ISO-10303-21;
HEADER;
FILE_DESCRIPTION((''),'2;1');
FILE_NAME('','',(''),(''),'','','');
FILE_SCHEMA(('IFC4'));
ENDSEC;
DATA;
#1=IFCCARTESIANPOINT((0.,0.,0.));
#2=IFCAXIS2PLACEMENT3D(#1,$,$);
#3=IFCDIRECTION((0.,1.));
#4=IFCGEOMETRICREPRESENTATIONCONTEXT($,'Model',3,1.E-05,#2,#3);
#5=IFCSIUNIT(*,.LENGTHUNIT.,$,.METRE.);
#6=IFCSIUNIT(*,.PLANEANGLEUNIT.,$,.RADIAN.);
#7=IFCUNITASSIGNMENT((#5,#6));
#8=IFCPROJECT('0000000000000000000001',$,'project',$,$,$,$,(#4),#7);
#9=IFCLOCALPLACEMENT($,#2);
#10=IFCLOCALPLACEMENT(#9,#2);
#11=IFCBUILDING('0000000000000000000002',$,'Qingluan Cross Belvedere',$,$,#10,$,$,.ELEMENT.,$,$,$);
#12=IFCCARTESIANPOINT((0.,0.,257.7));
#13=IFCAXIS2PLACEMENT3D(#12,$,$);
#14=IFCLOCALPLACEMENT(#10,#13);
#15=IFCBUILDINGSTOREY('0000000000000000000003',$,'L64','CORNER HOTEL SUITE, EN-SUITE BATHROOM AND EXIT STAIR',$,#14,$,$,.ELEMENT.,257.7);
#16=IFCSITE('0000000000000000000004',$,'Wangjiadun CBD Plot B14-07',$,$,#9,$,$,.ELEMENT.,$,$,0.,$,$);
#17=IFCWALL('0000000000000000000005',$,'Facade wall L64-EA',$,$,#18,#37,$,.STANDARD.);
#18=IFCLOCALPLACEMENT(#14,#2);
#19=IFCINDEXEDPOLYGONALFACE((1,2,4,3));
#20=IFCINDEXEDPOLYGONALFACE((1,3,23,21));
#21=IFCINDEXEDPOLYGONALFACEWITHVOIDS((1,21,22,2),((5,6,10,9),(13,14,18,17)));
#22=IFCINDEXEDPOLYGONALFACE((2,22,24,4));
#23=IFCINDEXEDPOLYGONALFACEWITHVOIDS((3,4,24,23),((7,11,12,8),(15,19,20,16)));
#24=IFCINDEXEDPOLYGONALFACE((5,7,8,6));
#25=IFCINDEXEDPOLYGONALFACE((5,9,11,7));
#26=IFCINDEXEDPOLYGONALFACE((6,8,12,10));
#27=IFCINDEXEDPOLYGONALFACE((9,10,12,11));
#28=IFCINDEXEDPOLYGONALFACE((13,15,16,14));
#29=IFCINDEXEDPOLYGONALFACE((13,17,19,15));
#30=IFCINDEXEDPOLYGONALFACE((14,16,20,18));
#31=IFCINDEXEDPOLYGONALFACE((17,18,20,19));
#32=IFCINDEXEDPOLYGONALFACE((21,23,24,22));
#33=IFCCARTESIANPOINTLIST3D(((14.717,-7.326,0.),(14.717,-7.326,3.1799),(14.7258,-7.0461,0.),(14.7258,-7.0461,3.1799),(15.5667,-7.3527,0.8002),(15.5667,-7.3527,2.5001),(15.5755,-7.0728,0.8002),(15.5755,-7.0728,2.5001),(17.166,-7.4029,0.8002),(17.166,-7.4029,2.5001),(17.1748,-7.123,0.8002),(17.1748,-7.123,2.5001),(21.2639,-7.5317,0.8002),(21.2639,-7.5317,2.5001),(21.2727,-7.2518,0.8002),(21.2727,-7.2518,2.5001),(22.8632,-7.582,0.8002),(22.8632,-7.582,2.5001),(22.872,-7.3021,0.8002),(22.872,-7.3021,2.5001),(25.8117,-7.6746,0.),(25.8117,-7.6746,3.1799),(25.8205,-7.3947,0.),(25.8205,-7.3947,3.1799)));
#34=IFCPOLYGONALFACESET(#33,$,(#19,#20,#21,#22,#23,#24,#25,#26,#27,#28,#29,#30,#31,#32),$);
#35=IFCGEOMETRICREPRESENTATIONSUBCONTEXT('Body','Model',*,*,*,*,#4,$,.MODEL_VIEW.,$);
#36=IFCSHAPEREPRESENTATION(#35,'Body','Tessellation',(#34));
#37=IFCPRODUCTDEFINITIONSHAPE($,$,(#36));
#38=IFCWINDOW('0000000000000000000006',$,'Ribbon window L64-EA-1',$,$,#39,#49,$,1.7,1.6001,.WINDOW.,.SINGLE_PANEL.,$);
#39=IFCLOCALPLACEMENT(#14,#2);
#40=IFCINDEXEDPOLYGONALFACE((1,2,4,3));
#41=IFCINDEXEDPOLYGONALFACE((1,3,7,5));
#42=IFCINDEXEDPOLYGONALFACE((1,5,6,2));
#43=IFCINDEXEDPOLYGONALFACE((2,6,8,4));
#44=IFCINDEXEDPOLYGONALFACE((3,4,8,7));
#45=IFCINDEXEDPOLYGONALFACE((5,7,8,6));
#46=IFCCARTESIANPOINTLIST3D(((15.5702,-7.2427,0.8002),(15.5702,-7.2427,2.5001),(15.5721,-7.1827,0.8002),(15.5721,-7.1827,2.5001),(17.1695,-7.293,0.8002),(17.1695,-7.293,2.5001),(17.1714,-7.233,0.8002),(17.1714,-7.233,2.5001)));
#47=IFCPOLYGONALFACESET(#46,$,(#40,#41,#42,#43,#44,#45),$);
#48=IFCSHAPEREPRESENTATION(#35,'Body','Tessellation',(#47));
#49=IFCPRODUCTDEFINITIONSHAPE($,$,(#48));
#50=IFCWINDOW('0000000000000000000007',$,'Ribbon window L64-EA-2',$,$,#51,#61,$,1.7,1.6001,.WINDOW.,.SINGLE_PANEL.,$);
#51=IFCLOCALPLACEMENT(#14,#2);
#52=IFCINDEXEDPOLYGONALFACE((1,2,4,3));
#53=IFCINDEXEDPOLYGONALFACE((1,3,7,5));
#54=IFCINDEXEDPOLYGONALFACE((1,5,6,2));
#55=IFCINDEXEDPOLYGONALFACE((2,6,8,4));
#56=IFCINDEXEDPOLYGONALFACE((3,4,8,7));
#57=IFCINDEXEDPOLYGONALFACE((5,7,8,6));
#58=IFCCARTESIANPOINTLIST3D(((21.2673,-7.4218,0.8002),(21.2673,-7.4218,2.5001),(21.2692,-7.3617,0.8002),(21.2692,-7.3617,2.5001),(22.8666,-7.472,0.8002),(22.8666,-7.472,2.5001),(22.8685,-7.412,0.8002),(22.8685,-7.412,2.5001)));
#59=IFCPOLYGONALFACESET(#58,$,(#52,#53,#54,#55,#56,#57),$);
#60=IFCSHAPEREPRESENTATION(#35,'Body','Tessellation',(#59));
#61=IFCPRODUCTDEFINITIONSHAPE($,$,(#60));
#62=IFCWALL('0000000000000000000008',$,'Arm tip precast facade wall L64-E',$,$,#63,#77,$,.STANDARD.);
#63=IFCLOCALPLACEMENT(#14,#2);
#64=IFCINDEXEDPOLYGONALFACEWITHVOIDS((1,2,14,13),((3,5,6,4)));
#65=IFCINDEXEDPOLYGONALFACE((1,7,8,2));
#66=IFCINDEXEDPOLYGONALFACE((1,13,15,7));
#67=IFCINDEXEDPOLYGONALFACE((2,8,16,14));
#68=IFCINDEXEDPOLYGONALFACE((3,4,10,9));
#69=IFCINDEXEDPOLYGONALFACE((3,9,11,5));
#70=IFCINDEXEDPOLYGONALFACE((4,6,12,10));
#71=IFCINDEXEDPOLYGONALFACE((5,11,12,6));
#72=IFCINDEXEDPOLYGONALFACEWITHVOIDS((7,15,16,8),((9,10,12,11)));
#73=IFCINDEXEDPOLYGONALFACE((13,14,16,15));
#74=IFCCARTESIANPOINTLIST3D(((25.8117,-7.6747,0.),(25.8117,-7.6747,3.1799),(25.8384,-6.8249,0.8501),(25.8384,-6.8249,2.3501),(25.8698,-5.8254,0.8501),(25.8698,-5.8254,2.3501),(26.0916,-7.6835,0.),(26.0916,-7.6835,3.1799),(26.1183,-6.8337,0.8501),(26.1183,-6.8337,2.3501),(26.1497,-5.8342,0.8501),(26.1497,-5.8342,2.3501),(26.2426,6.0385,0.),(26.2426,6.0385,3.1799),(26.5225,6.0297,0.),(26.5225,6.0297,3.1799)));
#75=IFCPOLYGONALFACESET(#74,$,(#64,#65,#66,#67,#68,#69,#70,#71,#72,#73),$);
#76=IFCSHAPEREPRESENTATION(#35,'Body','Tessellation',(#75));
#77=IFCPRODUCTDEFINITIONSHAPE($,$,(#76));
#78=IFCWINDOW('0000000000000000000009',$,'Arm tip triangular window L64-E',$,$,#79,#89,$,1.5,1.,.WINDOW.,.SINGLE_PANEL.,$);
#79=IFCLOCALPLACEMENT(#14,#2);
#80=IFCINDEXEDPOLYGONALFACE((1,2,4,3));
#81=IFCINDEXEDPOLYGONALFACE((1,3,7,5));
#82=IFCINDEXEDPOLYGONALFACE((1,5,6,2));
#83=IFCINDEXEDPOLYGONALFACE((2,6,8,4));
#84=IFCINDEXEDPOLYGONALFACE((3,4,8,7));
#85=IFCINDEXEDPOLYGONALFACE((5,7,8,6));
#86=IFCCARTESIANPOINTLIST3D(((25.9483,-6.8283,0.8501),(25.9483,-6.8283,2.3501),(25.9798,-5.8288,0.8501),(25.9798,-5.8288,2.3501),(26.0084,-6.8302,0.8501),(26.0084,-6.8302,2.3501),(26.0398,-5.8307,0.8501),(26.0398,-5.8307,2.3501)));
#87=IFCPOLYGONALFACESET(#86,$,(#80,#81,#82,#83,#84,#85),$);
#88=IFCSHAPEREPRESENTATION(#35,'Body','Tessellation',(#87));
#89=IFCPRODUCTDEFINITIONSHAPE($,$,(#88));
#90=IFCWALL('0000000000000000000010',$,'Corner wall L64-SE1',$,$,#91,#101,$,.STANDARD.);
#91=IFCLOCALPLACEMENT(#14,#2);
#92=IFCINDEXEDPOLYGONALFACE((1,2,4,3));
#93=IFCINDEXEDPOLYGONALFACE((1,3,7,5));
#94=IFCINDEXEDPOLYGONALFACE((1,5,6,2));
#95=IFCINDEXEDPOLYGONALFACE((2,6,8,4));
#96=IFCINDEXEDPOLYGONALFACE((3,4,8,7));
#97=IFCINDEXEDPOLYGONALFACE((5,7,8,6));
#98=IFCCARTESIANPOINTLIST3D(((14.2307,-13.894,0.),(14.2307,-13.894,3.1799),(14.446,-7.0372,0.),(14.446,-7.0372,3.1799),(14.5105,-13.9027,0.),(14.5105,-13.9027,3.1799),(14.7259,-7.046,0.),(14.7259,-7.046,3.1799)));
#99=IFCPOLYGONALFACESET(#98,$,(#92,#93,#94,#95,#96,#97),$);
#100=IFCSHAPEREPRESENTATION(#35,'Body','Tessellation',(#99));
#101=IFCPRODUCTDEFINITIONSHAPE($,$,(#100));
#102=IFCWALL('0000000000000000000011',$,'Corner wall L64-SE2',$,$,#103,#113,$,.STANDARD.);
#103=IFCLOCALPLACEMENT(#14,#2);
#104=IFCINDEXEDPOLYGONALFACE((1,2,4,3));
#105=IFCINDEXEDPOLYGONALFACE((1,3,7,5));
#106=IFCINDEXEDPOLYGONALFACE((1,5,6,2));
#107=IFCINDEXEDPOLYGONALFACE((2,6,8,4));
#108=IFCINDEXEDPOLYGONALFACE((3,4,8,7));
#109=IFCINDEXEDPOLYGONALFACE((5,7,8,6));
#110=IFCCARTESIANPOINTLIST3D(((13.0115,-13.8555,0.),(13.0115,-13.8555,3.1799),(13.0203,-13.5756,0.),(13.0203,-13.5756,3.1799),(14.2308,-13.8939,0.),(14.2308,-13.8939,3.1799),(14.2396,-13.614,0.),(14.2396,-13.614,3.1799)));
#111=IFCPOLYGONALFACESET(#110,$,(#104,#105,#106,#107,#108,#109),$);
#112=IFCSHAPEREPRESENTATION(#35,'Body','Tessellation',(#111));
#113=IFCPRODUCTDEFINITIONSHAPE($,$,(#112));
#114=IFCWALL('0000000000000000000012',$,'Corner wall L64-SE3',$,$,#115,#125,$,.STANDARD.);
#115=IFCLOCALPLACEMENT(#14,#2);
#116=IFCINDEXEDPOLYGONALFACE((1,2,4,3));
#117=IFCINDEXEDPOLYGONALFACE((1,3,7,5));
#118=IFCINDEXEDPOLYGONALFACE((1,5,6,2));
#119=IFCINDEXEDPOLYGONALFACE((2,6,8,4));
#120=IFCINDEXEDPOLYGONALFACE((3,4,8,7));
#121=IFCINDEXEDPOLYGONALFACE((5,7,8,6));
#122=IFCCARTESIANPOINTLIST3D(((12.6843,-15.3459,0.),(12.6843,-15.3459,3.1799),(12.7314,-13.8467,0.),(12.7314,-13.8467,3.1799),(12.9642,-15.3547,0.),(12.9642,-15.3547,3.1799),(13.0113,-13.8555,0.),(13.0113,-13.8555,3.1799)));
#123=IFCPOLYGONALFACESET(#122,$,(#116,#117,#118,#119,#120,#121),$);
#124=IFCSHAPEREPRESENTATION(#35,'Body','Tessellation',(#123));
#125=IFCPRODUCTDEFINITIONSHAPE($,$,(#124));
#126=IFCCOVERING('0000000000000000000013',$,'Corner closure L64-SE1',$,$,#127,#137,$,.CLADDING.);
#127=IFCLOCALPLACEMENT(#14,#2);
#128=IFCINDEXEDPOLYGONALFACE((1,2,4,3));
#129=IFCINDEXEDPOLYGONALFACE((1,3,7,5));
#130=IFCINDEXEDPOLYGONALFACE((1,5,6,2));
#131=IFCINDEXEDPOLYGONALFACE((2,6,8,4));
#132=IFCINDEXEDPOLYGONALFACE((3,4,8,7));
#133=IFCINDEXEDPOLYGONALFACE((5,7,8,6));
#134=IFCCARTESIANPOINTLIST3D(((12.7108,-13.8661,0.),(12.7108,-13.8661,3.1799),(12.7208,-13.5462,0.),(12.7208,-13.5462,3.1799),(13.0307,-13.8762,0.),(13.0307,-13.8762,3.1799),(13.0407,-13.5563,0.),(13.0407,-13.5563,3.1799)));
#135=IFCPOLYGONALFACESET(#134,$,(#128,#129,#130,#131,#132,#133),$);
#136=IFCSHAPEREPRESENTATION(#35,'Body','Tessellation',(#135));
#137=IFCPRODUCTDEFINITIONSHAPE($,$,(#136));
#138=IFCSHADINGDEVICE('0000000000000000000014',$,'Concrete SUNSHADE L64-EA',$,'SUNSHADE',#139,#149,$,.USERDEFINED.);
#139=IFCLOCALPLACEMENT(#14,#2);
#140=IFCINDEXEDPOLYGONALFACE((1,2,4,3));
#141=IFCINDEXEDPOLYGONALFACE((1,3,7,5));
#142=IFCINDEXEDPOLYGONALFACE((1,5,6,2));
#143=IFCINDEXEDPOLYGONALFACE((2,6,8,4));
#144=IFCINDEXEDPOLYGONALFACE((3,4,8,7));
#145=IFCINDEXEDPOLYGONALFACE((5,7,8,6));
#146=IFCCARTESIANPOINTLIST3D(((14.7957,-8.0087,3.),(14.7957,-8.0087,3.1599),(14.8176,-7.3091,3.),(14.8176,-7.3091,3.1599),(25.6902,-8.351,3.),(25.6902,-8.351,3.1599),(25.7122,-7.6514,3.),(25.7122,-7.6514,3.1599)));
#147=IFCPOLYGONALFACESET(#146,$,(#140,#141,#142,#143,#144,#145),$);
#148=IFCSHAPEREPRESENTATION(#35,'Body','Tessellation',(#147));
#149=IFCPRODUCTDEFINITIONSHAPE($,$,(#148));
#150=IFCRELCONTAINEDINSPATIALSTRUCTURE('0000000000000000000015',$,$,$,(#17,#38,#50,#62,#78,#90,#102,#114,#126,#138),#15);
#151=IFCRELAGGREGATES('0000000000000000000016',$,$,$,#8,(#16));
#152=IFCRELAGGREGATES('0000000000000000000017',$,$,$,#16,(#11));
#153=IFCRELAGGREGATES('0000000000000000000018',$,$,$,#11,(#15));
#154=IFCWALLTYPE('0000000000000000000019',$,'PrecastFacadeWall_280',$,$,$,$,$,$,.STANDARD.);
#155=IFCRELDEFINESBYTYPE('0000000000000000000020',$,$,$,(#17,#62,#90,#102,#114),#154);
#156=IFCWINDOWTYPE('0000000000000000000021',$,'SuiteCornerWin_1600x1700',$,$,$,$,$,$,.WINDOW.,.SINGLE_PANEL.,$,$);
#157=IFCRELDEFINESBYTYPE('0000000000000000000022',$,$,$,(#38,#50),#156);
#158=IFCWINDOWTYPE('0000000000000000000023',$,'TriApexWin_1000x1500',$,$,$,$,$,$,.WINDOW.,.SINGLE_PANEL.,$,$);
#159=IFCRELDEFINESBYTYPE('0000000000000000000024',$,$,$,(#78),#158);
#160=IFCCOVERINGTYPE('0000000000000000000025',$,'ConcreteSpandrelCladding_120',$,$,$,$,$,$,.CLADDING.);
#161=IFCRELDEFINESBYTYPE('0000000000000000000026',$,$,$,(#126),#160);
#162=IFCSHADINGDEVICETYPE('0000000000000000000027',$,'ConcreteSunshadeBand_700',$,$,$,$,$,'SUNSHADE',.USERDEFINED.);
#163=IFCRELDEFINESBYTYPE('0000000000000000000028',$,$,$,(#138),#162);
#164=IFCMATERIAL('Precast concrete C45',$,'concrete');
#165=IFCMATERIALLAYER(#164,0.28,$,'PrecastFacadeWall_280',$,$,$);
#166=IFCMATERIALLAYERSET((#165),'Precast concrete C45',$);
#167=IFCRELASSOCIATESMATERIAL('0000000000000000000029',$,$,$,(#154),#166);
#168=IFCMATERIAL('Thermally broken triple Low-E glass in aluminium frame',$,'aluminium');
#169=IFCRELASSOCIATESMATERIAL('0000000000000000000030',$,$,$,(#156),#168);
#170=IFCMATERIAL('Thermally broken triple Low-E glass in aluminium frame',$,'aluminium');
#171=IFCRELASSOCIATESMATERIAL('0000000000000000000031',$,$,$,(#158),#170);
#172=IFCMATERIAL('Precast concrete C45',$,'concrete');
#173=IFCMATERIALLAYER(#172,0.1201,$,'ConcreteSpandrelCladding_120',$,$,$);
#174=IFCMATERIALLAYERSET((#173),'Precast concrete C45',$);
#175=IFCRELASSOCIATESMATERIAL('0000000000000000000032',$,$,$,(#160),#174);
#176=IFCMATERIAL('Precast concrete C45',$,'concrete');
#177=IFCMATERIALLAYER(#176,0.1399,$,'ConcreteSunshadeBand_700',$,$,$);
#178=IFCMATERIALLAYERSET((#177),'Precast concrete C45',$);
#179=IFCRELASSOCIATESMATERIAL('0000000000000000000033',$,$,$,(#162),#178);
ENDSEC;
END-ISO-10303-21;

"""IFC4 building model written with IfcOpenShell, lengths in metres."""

from ifc_helpers import new_model, si_unit, direction, frame, frame_2d, origin, origin_2d, place, context, subcontext, project, spatial, rectangle, extrude, material, layer, layer_set, type_object, element, fill, save


model = new_model("IFC4")

# Units and contexts
model_context = context("Model", 3, precision=1e-05, world=origin(), true_north=direction((0.0, 1.0)))
body_context = subcontext(model_context, "Body", "Model", "MODEL_VIEW")
ifc_project = project(units=[si_unit("LENGTHUNIT", "METRE"), si_unit("PLANEANGLEUNIT", "RADIAN")], contexts=[model_context])

# Site, building, storey
site_placement = place(None, origin())
site = spatial("IfcSite", under=ifc_project, at=site_placement, Name="Wangjiadun CBD Plot B14-07", CompositionType="ELEMENT", RefElevation=0.0)
building_placement = place(site_placement, origin())
building = spatial("IfcBuilding", under=site, at=building_placement, Name="Qingluan Cross Belvedere", CompositionType="ELEMENT")
storey_placement = place(building_placement, frame((0.0, 0.0, 257.7)))
storey = spatial("IfcBuildingStorey", under=building, at=storey_placement, Name="L64", Description="CORNER HOTEL SUITE, EN-SUITE BATHROOM AND EXIT STAIR", CompositionType="ELEMENT", Elevation=257.7)

# Wall, openings, windows
ifc_material_1 = material(Name="Precast concrete C45", Category="concrete")
ifc_layer_1 = layer(ifc_material_1, 0.28, Name="PrecastFacadeWall_280")
ifc_layer_set_1 = layer_set([ifc_layer_1], Name="Precast concrete C45")
wall_type_1 = type_object("IfcWallType", Name="PrecastFacadeWall_280", PredefinedType="STANDARD", material=ifc_layer_set_1)
wall_1_placement = place(storey_placement, frame((14.7214, -7.186, 0.0), z_axis=(0.0, 0.0, 1.0), x_axis=(0.999507, -0.031408, 0.0)))
wall_1 = element("IfcWall", 1, at=wall_1_placement, inside=storey, type_object=wall_type_1, Name="Facade wall L64-EA", PredefinedType="STANDARD", context=body_context, shape_type="SweptSolid", body=[
    extrude(rectangle(XDim=11.1001, YDim=0.28, at=frame_2d((5.55, 0.0))), origin(), (0.0, 0.0, 1.0), 3.1799),
])
opening_1_placement = place(wall_1_placement, frame((0.8501, 0.0, 0.8)))
opening_1 = element("IfcOpeningElement", 2, at=opening_1_placement, cuts=wall_1, PredefinedType="OPENING", context=body_context, shape_type="SweptSolid", body=[
    extrude(rectangle(XDim=1.6001, YDim=1.7, at=frame_2d((0.8, 0.8501))), frame((0.0, 0.1499, 0.0), z_axis=(0.0, -1.0, 0.0), x_axis=(1.0, 0.0, 0.0)), (0.0, 0.0, 1.0), 0.3),
])
opening_2_placement = place(wall_1_placement, frame((6.55, 0.0, 0.8)))
opening_2 = element("IfcOpeningElement", 3, at=opening_2_placement, cuts=wall_1, PredefinedType="OPENING", context=body_context, shape_type="SweptSolid", body=[
    extrude(rectangle(XDim=1.6001, YDim=1.7, at=frame_2d((0.8, 0.8501))), frame((0.0, 0.1499, 0.0), z_axis=(0.0, -1.0, 0.0), x_axis=(1.0, 0.0, 0.0)), (0.0, 0.0, 1.0), 0.3),
])
ifc_material_2 = material(Name="Thermally broken triple Low-E glass in aluminium frame", Category="aluminium")
window_type_1 = type_object("IfcWindowType", Name="SuiteCornerWin_1600x1700", PartitioningType="SINGLE_PANEL", PredefinedType="WINDOW", material=ifc_material_2)
window_1_placement = place(opening_1_placement, origin())
window_1 = element("IfcWindow", 4, at=window_1_placement, inside=storey, type_object=window_type_1, Name="Ribbon window L64-EA-1", OverallHeight=1.7, OverallWidth=1.6001, PartitioningType="SINGLE_PANEL", PredefinedType="WINDOW", context=body_context, shape_type="SweptSolid", body=[
    extrude(rectangle(XDim=1.6001, YDim=1.7, at=frame_2d((0.8, 0.8501))), frame((0.0, 0.03, 0.0), z_axis=(0.0, -1.0, 0.0), x_axis=(1.0, 0.0, 0.0)), (0.0, 0.0, 1.0), 0.0601),
])
fill(opening_1, window_1)
window_2_placement = place(opening_2_placement, origin())
window_2 = element("IfcWindow", 5, at=window_2_placement, inside=storey, type_object=window_type_1, Name="Ribbon window L64-EA-2", OverallHeight=1.7, OverallWidth=1.6001, PartitioningType="SINGLE_PANEL", PredefinedType="WINDOW", context=body_context, shape_type="SweptSolid", body=[
    extrude(rectangle(XDim=1.6001, YDim=1.7, at=frame_2d((0.8, 0.8501))), frame((0.0, 0.03, 0.0), z_axis=(0.0, -1.0, 0.0), x_axis=(1.0, 0.0, 0.0)), (0.0, 0.0, 1.0), 0.0601),
])
fill(opening_2, window_2)

# Wall, opening, window
wall_2_placement = place(storey_placement, frame((25.9517, -7.679, 0.0), z_axis=(0.0, 0.0, 1.0), x_axis=(0.031408, 0.999507, 0.0)))
wall_2 = element("IfcWall", 6, at=wall_2_placement, inside=storey, type_object=wall_type_1, Name="Arm tip precast facade wall L64-E", PredefinedType="STANDARD", context=body_context, shape_type="SweptSolid", body=[
    extrude(rectangle(XDim=13.72, YDim=0.28, at=frame_2d((6.8599, 0.0))), origin(), (0.0, 0.0, 1.0), 3.1799),
])
opening_3_placement = place(wall_2_placement, frame((0.8501, 0.0, 0.8501)))
opening_3 = element("IfcOpeningElement", 7, at=opening_3_placement, cuts=wall_2, PredefinedType="OPENING", context=body_context, shape_type="SweptSolid", body=[
    extrude(rectangle(XDim=1.0, YDim=1.5, at=frame_2d((0.5, 0.75))), frame((0.0, 0.1499, 0.0), z_axis=(0.0, -1.0, 0.0), x_axis=(1.0, 0.0, 0.0)), (0.0, 0.0, 1.0), 0.3),
])
ifc_material_3 = material(Name="Thermally broken triple Low-E glass in aluminium frame", Category="aluminium")
window_type_2 = type_object("IfcWindowType", Name="TriApexWin_1000x1500", PartitioningType="SINGLE_PANEL", PredefinedType="WINDOW", material=ifc_material_3)
window_3_placement = place(opening_3_placement, origin())
window_3 = element("IfcWindow", 8, at=window_3_placement, inside=storey, type_object=window_type_2, Name="Arm tip triangular window L64-E", OverallHeight=1.5, OverallWidth=1.0, PartitioningType="SINGLE_PANEL", PredefinedType="WINDOW", context=body_context, shape_type="SweptSolid", body=[
    extrude(rectangle(XDim=1.0, YDim=1.5, at=frame_2d((0.5, 0.75))), frame((0.0, 0.03, 0.0), z_axis=(0.0, -1.0, 0.0), x_axis=(1.0, 0.0, 0.0)), (0.0, 0.0, 1.0), 0.0601),
])
fill(opening_3, window_3)

# Walls
wall_3_placement = place(storey_placement, frame((14.5859, -7.0415, 0.0), z_axis=(0.0, 0.0, 1.0), x_axis=(-0.031389, -0.999507, 0.0)))
element("IfcWall", 9, at=wall_3_placement, inside=storey, type_object=wall_type_1, Name="Corner wall L64-SE1", PredefinedType="STANDARD", context=body_context, shape_type="SweptSolid", body=[
    extrude(rectangle(XDim=6.8601, YDim=0.28, at=frame_2d((3.4302, 0.0))), origin(), (0.0, 0.0, 1.0), 3.1799),
])
wall_4_placement = place(storey_placement, frame((14.2351, -13.7539, 0.0), z_axis=(0.0, 0.0, 1.0), x_axis=(-0.999506, 0.031416, 0.0)))
element("IfcWall", 10, at=wall_4_placement, inside=storey, type_object=wall_type_1, Name="Corner wall L64-SE2", PredefinedType="STANDARD", context=body_context, shape_type="SweptSolid", body=[
    extrude(rectangle(XDim=1.22, YDim=0.28, at=frame_2d((0.6099, 0.0))), origin(), (0.0, 0.0, 1.0), 3.1799),
])
wall_5_placement = place(storey_placement, frame((12.8713, -13.8511, 0.0), z_axis=(0.0, 0.0, 1.0), x_axis=(-0.031413, -0.999507, 0.0)))
element("IfcWall", 11, at=wall_5_placement, inside=storey, type_object=wall_type_1, Name="Corner wall L64-SE3", PredefinedType="STANDARD", context=body_context, shape_type="SweptSolid", body=[
    extrude(rectangle(XDim=1.5, YDim=0.28, at=frame_2d((0.75, 0.0))), origin(), (0.0, 0.0, 1.0), 3.1799),
])

# Covering
ifc_material_4 = material(Name="Precast concrete C45", Category="concrete")
ifc_layer_2 = layer(ifc_material_4, 0.1201, Name="ConcreteSpandrelCladding_120")
ifc_layer_set_2 = layer_set([ifc_layer_2], Name="Precast concrete C45")
covering_type = type_object("IfcCoveringType", Name="ConcreteSpandrelCladding_120", PredefinedType="CLADDING", material=ifc_layer_set_2)
covering_placement = place(storey_placement, frame((12.8757, -13.7112, 0.0), z_axis=(0.0, 0.0, 1.0), x_axis=(0.999507, -0.031411, 0.0)))
element("IfcCovering", 12, at=covering_placement, inside=storey, type_object=covering_type, Name="Corner closure L64-SE1", PredefinedType="CLADDING", context=body_context, shape_type="SweptSolid", body=[
    extrude(rectangle(XDim=0.3201, YDim=0.3201, at=origin_2d()), origin(), (0.0, 0.0, 1.0), 3.1799),
])

# Shading device
ifc_material_5 = material(Name="Precast concrete C45", Category="concrete")
ifc_layer_3 = layer(ifc_material_5, 0.1399, Name="ConcreteSunshadeBand_700")
ifc_layer_set_3 = layer_set([ifc_layer_3], Name="Precast concrete C45")
shading_device_type = type_object("IfcShadingDeviceType", Name="ConcreteSunshadeBand_700", ElementType="SUNSHADE", PredefinedType="USERDEFINED", material=ifc_layer_set_3)
shading_device_placement = place(storey_placement, frame((20.2539, -7.8301, 3.0), z_axis=(0.0, 0.0, 1.0), x_axis=(0.999507, -0.031405, 0.0)))
element("IfcShadingDevice", 13, at=shading_device_placement, inside=storey, type_object=shading_device_type, Name="Concrete SUNSHADE L64-EA", ObjectType="SUNSHADE", PredefinedType="USERDEFINED", context=body_context, shape_type="SweptSolid", body=[
    extrude(rectangle(XDim=10.8999, YDim=0.7, at=origin_2d()), origin(), (0.0, 0.0, 1.0), 0.1599),
])

save(model, "model.ifc")
